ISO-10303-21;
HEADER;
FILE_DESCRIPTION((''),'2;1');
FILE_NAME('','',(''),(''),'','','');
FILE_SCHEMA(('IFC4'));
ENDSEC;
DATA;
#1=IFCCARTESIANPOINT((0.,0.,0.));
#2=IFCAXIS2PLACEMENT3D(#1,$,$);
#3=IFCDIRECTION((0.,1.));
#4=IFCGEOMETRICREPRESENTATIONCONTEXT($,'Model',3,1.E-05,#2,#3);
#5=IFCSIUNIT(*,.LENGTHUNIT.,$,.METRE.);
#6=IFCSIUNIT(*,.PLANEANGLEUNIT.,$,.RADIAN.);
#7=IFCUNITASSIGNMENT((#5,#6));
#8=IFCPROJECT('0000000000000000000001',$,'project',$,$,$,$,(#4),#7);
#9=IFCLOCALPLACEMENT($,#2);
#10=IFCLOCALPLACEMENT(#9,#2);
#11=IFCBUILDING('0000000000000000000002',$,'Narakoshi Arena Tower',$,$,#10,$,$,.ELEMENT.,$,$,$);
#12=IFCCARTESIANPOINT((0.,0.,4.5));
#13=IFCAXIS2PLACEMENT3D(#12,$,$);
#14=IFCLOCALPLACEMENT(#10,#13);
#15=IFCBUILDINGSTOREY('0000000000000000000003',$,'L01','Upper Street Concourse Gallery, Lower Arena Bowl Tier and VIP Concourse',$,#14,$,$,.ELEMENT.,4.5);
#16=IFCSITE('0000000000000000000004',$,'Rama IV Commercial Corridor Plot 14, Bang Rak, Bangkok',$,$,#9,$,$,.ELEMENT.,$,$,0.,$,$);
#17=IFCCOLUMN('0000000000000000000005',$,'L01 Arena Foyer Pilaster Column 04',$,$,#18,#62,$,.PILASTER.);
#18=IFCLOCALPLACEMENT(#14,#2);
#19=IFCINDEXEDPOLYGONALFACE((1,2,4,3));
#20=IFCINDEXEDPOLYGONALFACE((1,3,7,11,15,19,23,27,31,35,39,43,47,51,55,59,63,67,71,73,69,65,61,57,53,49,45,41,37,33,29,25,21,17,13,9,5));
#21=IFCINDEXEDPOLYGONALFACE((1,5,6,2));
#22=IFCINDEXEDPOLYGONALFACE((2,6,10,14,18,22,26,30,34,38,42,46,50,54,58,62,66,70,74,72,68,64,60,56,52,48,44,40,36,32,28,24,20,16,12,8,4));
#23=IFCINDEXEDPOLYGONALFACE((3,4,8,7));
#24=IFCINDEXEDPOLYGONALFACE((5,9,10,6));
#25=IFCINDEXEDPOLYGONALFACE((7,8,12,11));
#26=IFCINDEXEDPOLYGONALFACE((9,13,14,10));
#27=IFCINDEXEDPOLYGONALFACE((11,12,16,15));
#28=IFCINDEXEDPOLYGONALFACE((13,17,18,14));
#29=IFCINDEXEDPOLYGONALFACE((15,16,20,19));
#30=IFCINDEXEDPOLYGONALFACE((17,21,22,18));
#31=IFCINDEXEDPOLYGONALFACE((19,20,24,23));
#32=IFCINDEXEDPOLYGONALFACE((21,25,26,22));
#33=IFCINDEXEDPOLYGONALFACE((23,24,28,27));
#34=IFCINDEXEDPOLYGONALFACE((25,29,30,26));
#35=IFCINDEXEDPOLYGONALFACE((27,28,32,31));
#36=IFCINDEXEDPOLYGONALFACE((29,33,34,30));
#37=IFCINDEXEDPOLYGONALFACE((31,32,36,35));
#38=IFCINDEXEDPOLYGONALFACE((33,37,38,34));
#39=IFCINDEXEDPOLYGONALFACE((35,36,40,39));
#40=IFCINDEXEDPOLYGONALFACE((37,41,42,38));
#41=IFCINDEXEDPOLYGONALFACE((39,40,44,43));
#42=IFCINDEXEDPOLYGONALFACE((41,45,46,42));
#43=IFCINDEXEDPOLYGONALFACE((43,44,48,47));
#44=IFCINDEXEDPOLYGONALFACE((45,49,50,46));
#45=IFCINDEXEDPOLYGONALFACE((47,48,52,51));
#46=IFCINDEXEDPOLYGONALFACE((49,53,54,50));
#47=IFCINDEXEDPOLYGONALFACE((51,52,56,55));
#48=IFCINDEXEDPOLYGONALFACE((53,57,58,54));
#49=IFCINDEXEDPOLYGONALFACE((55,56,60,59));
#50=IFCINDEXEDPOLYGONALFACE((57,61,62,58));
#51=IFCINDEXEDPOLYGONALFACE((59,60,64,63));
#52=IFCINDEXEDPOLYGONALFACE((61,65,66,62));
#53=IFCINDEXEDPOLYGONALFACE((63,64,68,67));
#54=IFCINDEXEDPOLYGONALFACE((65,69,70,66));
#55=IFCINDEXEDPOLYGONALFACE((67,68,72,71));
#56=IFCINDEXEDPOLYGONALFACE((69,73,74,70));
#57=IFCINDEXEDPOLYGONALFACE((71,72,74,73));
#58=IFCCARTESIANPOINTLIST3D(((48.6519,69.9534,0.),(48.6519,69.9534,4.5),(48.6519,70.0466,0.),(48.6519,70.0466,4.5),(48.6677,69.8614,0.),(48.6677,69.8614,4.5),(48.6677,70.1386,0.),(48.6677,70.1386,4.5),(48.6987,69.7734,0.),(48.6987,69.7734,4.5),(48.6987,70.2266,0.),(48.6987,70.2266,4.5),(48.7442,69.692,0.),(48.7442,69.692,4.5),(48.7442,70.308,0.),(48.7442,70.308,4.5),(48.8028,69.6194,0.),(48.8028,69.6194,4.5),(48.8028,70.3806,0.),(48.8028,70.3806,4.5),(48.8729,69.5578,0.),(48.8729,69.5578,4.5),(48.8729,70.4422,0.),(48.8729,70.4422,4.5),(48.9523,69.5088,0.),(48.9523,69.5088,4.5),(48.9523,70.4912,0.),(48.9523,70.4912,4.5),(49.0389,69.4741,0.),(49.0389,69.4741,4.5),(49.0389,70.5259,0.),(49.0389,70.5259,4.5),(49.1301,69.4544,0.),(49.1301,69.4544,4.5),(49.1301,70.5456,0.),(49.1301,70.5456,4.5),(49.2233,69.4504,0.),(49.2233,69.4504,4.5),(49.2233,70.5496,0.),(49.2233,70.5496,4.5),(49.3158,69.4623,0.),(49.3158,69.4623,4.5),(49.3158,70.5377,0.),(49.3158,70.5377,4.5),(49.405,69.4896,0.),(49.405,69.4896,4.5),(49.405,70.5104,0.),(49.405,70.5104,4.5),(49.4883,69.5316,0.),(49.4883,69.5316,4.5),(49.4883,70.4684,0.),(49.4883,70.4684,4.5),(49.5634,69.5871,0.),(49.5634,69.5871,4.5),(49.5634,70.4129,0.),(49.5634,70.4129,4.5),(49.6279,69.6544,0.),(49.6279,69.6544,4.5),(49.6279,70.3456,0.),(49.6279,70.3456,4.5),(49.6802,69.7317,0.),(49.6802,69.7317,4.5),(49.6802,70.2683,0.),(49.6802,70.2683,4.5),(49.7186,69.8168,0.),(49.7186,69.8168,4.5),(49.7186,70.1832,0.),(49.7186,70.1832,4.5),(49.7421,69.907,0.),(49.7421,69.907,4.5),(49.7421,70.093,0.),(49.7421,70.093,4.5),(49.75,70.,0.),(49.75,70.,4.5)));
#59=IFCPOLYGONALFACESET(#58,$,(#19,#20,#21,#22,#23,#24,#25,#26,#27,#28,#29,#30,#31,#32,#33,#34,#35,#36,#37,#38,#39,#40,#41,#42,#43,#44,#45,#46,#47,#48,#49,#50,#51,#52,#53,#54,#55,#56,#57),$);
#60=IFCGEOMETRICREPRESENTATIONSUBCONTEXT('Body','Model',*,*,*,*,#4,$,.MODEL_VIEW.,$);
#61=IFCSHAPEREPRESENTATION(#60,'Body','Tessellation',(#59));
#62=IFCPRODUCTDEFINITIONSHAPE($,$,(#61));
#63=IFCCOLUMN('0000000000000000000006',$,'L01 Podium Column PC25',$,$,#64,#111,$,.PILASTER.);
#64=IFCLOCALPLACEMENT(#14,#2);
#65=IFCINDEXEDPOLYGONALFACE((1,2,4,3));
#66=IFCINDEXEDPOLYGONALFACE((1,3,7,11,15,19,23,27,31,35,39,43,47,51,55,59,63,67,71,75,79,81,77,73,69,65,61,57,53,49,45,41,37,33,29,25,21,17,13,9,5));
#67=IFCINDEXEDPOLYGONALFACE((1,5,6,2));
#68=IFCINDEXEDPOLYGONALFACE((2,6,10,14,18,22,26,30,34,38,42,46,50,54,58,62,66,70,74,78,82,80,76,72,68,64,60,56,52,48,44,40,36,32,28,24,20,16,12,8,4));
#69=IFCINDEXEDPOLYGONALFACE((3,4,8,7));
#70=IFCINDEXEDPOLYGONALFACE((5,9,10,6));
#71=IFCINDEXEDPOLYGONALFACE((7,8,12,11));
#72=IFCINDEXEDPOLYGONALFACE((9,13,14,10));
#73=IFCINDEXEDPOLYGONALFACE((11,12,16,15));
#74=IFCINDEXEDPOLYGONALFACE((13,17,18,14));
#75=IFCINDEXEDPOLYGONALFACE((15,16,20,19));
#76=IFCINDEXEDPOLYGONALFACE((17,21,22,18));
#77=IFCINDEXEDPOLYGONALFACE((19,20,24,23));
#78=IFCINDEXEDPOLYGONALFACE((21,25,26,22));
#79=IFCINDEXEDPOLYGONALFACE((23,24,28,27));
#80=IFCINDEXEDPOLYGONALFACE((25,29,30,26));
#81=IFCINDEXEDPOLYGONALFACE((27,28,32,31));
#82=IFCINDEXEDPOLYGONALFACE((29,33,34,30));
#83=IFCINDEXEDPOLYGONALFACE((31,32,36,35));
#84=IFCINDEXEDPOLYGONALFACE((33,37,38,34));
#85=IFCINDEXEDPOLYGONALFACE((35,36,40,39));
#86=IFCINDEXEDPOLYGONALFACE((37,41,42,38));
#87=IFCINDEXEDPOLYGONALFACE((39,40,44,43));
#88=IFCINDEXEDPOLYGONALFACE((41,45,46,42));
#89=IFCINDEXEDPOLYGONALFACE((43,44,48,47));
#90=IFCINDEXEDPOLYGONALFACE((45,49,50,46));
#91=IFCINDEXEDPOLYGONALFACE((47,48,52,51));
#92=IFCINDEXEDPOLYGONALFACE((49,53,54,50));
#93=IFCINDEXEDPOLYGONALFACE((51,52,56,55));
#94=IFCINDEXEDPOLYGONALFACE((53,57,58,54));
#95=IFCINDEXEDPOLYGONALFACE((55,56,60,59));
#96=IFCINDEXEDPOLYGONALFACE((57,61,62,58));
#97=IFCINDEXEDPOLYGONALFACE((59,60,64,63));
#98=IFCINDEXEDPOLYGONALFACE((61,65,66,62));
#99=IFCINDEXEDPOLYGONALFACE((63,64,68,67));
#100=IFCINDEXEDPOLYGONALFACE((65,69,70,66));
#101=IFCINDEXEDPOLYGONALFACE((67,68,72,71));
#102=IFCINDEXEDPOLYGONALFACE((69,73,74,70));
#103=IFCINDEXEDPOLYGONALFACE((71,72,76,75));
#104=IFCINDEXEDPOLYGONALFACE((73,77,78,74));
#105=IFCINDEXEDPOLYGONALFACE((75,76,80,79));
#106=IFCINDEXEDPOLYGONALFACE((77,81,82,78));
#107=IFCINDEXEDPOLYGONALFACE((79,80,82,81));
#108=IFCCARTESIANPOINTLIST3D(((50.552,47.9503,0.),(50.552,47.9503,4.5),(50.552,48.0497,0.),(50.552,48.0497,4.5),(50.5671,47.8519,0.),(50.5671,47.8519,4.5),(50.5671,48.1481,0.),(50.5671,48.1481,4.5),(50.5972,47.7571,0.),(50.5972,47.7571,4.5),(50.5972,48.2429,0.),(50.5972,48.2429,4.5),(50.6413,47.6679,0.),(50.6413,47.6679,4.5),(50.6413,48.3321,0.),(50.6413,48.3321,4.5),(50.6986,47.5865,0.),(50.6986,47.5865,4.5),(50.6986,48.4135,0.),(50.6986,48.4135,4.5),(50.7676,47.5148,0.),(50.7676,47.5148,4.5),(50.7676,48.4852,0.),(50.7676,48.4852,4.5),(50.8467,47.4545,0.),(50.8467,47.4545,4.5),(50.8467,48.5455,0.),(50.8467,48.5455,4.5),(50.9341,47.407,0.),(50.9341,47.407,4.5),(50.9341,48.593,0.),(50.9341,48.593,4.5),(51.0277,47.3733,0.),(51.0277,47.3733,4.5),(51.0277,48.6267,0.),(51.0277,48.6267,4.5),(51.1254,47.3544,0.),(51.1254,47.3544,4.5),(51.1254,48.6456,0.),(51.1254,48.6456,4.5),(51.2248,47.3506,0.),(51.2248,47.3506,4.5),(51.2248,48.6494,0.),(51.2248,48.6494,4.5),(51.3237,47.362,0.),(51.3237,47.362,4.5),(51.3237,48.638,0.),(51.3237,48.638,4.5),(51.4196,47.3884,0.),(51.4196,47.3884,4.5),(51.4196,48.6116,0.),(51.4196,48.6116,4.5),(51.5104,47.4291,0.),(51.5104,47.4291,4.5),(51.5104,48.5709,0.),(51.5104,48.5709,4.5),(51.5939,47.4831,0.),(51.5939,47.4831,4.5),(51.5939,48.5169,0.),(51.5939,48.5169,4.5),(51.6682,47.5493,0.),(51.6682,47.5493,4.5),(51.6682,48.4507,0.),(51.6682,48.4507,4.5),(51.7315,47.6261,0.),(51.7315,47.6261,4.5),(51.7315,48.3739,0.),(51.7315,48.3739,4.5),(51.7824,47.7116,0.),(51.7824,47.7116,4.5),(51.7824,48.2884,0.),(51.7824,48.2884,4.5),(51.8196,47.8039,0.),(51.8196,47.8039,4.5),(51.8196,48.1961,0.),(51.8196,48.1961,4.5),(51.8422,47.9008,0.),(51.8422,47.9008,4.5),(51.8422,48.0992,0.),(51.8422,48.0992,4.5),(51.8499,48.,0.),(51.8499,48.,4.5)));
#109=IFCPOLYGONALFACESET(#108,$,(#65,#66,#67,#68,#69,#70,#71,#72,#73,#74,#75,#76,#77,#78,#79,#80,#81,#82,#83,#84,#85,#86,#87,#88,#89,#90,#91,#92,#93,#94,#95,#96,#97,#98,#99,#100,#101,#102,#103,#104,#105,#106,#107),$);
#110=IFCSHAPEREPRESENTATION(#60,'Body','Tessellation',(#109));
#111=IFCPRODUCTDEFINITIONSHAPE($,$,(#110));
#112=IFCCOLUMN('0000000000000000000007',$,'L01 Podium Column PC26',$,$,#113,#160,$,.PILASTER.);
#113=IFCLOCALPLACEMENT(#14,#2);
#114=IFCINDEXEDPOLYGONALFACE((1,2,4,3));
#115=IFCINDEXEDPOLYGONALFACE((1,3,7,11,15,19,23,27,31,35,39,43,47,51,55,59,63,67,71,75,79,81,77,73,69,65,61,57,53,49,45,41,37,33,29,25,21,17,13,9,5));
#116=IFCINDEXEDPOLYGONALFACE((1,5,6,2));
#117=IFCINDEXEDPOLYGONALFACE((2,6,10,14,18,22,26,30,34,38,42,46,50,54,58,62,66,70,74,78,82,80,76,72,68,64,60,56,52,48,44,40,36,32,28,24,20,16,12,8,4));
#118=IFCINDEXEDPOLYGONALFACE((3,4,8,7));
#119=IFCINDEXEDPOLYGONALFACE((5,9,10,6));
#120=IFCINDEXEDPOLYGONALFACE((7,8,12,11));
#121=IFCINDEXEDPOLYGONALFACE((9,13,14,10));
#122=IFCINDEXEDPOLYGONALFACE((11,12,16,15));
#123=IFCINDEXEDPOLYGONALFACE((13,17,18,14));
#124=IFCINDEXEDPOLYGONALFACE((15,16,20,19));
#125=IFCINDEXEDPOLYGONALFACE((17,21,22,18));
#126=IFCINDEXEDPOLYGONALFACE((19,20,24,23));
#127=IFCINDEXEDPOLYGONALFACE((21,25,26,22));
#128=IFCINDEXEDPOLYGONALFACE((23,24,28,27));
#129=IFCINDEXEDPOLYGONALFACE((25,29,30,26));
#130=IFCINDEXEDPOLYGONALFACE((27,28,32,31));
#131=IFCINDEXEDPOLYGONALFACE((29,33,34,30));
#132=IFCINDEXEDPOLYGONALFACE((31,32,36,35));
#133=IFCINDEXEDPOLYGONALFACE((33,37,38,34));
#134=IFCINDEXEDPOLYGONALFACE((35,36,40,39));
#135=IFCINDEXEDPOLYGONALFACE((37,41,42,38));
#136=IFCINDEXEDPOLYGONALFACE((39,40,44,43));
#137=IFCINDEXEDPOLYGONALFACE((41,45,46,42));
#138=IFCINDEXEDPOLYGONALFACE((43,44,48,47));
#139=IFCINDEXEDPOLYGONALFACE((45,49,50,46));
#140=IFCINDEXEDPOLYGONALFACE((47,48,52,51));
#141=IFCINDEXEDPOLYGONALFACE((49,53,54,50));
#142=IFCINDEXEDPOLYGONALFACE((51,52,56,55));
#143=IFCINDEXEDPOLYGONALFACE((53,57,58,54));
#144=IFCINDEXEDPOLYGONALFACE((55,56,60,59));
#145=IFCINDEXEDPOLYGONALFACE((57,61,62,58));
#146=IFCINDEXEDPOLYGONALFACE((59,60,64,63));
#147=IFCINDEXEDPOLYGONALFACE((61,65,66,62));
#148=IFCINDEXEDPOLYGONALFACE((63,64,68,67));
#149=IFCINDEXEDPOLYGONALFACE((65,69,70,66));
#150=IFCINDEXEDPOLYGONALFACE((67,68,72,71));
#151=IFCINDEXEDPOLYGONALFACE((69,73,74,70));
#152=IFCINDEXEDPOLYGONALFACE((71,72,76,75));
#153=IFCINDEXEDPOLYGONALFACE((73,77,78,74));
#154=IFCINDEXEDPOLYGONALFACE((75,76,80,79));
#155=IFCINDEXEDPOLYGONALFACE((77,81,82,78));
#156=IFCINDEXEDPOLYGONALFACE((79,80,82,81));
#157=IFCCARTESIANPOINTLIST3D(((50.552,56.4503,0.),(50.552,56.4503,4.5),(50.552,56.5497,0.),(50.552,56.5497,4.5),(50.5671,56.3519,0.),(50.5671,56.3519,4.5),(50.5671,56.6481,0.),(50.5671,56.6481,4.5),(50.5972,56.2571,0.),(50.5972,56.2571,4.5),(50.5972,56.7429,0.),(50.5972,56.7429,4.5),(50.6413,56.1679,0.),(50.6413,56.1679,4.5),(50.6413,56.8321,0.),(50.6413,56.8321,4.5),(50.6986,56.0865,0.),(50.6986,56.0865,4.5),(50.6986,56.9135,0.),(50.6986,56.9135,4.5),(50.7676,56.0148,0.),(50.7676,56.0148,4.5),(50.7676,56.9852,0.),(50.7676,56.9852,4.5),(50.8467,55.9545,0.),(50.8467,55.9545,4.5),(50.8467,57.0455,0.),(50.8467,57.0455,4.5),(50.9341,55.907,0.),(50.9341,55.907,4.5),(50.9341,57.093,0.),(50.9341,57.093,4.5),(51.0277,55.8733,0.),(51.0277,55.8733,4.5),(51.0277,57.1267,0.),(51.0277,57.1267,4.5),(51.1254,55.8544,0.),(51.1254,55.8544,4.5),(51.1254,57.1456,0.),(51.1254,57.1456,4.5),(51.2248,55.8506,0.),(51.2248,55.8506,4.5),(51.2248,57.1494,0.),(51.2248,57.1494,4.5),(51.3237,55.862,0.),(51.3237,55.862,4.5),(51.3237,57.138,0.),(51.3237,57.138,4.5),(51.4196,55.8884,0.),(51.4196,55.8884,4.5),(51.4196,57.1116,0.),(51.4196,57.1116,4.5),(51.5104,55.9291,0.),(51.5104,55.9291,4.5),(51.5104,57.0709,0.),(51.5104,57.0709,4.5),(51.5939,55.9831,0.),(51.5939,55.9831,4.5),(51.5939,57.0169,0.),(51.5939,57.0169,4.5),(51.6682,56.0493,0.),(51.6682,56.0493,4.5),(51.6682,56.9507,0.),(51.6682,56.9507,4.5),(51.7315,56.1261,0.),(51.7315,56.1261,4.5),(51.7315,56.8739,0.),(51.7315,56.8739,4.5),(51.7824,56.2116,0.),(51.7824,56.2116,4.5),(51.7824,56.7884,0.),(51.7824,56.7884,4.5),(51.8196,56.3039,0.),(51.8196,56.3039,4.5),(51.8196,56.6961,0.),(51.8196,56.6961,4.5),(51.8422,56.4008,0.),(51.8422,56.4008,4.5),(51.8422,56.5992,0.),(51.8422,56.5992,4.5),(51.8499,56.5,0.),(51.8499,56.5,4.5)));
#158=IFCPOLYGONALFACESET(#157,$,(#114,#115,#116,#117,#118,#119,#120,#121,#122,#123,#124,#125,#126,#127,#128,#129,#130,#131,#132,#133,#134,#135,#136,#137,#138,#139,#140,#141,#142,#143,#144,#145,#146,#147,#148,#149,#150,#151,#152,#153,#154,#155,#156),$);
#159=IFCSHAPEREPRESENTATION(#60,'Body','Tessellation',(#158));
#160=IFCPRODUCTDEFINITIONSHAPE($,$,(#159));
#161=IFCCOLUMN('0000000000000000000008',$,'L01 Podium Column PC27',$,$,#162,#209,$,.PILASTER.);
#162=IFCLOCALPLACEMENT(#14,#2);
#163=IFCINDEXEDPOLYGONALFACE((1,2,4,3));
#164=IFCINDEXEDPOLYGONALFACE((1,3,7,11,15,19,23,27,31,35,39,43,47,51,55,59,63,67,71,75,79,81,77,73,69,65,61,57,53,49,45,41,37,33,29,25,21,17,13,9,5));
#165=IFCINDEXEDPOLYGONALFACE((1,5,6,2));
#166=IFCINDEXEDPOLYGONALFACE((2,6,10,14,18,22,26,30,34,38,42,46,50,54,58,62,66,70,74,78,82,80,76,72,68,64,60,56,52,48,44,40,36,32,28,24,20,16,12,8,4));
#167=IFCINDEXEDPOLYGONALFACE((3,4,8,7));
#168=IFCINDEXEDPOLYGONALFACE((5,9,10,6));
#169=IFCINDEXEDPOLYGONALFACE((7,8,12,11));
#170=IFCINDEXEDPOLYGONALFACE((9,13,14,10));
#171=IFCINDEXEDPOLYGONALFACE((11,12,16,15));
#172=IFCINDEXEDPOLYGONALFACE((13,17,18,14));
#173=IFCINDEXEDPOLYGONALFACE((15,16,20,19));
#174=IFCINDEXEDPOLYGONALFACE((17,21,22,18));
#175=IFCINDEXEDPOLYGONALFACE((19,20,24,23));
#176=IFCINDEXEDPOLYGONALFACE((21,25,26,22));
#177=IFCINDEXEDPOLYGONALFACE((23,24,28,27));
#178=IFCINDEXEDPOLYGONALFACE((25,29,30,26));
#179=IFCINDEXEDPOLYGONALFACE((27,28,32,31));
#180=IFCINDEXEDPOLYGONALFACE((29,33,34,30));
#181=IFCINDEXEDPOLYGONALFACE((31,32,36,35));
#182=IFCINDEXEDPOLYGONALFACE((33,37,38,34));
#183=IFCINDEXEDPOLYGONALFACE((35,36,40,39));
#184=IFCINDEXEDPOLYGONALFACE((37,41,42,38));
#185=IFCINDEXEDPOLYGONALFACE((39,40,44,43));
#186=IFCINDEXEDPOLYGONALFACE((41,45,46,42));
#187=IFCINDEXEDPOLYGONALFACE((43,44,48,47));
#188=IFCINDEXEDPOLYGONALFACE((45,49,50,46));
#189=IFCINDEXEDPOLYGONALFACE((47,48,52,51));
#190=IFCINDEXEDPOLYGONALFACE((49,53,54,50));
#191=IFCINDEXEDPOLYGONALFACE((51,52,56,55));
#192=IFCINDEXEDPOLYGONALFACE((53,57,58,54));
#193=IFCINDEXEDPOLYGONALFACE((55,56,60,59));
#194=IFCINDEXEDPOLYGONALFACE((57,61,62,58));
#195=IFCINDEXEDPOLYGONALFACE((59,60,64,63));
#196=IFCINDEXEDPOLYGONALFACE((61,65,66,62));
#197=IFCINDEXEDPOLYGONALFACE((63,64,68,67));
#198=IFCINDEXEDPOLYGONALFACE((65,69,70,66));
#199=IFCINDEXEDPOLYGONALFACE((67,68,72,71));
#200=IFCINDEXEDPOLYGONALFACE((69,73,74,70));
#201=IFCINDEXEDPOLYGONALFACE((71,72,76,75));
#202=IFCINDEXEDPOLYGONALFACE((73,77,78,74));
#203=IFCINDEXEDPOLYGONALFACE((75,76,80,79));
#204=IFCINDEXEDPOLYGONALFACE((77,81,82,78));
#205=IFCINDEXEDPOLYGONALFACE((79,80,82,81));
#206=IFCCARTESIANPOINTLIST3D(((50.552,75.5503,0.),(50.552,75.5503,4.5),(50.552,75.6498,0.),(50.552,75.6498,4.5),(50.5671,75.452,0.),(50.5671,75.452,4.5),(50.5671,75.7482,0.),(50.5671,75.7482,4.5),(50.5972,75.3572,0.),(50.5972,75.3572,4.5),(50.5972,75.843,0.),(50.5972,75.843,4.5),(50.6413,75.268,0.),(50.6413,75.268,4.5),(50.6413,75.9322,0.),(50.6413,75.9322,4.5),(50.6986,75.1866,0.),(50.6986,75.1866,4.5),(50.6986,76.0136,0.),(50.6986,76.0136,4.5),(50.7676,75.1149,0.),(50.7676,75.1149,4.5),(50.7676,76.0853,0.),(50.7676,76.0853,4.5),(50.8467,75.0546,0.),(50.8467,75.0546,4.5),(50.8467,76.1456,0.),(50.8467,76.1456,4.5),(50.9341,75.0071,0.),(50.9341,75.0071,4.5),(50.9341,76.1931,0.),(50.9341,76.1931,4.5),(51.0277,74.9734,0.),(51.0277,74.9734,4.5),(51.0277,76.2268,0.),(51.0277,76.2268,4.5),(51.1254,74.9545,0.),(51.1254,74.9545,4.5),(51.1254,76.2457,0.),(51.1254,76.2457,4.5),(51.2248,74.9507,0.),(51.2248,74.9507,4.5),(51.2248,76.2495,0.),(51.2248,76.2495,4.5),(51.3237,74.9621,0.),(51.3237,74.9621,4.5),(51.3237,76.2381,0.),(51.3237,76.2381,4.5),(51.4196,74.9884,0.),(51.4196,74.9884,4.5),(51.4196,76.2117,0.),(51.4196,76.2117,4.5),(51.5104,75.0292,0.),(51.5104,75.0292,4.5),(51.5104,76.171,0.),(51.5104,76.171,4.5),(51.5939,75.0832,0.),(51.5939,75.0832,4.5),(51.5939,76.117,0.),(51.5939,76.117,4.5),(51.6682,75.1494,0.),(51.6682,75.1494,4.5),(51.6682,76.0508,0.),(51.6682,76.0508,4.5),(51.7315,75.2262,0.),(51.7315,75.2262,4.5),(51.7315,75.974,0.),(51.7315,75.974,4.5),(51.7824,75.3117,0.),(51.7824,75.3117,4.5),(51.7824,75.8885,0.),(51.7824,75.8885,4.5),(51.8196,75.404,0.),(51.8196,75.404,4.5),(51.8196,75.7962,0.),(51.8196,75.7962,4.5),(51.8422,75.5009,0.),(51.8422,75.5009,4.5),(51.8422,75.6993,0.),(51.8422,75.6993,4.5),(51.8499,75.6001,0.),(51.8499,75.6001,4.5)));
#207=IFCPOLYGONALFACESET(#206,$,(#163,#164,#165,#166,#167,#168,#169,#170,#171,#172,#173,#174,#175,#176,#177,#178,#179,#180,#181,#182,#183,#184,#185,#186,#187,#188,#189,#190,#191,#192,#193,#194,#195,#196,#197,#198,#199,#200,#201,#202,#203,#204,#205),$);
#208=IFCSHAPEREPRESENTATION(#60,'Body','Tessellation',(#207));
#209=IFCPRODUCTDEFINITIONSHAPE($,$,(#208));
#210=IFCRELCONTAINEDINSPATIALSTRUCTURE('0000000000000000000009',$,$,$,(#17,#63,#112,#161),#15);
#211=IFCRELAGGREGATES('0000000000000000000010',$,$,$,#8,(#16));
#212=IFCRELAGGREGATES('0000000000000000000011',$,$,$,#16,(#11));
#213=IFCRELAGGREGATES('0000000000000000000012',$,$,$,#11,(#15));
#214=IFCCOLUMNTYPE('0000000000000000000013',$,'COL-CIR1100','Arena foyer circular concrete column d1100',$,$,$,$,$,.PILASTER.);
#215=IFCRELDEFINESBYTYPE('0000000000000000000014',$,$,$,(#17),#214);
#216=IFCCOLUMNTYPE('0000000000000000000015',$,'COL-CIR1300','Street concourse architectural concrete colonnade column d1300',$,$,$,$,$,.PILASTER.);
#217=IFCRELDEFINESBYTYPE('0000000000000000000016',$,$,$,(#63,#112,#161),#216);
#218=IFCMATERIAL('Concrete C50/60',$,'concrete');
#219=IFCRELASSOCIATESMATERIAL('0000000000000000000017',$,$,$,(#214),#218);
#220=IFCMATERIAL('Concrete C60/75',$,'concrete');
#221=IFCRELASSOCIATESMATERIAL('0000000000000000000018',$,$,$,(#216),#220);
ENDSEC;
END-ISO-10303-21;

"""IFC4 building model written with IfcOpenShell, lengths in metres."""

from ifc_helpers import new_model, si_unit, direction, frame, origin, origin_2d, place, context, subcontext, project, spatial, circle, extrude, material, material_profile, profile_set, type_object, element, save


model = new_model("IFC4")

# Units and contexts
model_context = context("Model", 3, precision=1e-05, world=origin(), true_north=direction((0.0, 1.0)))
body_context = subcontext(model_context, "Body", "Model", "MODEL_VIEW")
ifc_project = project(units=[si_unit("LENGTHUNIT", "METRE"), si_unit("PLANEANGLEUNIT", "RADIAN")], contexts=[model_context])

# Site, building, storey
site_placement = place(None, origin())
site = spatial("IfcSite", under=ifc_project, at=site_placement, Name="Rama IV Commercial Corridor Plot 14, Bang Rak, Bangkok", CompositionType="ELEMENT", RefElevation=0.0)
building_placement = place(site_placement, origin())
building = spatial("IfcBuilding", under=site, at=building_placement, Name="Narakoshi Arena Tower", CompositionType="ELEMENT")
storey_placement = place(building_placement, frame((0.0, 0.0, 4.5)))
storey = spatial("IfcBuildingStorey", under=building, at=storey_placement, Name="L01", Description="Upper Street Concourse Gallery, Lower Arena Bowl Tier and VIP Concourse", CompositionType="ELEMENT", Elevation=4.5)

# Columns
ifc_material_1 = material(Name="Concrete C50/60", Category="concrete")
ifc_material_profile_1 = material_profile(ifc_material_1, circle(Radius=0.55, at=origin_2d()), Name="RCC1100")
ifc_profile_set_1 = profile_set([ifc_material_profile_1], Name="Concrete C50/60")
column_type_1 = type_object("IfcColumnType", Name="COL-CIR1100", Description="Arena foyer circular concrete column d1100", PredefinedType="PILASTER", material=ifc_profile_set_1)
for number, where, z_axis, x_axis, name in (
    (1, (49.2, 70.0, 0.0), (0.0, 0.0, 1.0), (1.0, 0.0, 0.0), "L01 Arena Foyer Pilaster Column 04"),
):
    element("IfcColumn", number, at=place(storey_placement, frame(where, z_axis=z_axis, x_axis=x_axis)), inside=storey, type_object=column_type_1, Name=name, PredefinedType="PILASTER", context=body_context, shape_type="SweptSolid", body=[
        extrude(circle(Radius=0.55, at=origin_2d()), origin(), (0.0, 0.0, 1.0), 4.5),
    ])
ifc_material_2 = material(Name="Concrete C60/75", Category="concrete")
ifc_material_profile_2 = material_profile(ifc_material_2, circle(Radius=0.6499, at=origin_2d()), Name="RCC1300")
ifc_profile_set_2 = profile_set([ifc_material_profile_2], Name="Concrete C60/75")
column_type_2 = type_object("IfcColumnType", Name="COL-CIR1300", Description="Street concourse architectural concrete colonnade column d1300", PredefinedType="PILASTER", material=ifc_profile_set_2)
for number, where, z_axis, x_axis, name in (
    (2, (51.2, 48.0, 0.0), (0.0, 0.0, 1.0), (1.0, 0.0, 0.0), "L01 Podium Column PC25"),
    (3, (51.2, 56.5, 0.0), (0.0, 0.0, 1.0), (1.0, 0.0, 0.0), "L01 Podium Column PC26"),
    (4, (51.2, 75.6001, 0.0), (0.0, 0.0, 1.0), (1.0, 0.0, 0.0), "L01 Podium Column PC27"),
):
    element("IfcColumn", number, at=place(storey_placement, frame(where, z_axis=z_axis, x_axis=x_axis)), inside=storey, type_object=column_type_2, Name=name, PredefinedType="PILASTER", context=body_context, shape_type="SweptSolid", body=[
        extrude(circle(Radius=0.6499, at=origin_2d()), origin(), (0.0, 0.0, 1.0), 4.5),
    ])

save(model, "model.ifc")
